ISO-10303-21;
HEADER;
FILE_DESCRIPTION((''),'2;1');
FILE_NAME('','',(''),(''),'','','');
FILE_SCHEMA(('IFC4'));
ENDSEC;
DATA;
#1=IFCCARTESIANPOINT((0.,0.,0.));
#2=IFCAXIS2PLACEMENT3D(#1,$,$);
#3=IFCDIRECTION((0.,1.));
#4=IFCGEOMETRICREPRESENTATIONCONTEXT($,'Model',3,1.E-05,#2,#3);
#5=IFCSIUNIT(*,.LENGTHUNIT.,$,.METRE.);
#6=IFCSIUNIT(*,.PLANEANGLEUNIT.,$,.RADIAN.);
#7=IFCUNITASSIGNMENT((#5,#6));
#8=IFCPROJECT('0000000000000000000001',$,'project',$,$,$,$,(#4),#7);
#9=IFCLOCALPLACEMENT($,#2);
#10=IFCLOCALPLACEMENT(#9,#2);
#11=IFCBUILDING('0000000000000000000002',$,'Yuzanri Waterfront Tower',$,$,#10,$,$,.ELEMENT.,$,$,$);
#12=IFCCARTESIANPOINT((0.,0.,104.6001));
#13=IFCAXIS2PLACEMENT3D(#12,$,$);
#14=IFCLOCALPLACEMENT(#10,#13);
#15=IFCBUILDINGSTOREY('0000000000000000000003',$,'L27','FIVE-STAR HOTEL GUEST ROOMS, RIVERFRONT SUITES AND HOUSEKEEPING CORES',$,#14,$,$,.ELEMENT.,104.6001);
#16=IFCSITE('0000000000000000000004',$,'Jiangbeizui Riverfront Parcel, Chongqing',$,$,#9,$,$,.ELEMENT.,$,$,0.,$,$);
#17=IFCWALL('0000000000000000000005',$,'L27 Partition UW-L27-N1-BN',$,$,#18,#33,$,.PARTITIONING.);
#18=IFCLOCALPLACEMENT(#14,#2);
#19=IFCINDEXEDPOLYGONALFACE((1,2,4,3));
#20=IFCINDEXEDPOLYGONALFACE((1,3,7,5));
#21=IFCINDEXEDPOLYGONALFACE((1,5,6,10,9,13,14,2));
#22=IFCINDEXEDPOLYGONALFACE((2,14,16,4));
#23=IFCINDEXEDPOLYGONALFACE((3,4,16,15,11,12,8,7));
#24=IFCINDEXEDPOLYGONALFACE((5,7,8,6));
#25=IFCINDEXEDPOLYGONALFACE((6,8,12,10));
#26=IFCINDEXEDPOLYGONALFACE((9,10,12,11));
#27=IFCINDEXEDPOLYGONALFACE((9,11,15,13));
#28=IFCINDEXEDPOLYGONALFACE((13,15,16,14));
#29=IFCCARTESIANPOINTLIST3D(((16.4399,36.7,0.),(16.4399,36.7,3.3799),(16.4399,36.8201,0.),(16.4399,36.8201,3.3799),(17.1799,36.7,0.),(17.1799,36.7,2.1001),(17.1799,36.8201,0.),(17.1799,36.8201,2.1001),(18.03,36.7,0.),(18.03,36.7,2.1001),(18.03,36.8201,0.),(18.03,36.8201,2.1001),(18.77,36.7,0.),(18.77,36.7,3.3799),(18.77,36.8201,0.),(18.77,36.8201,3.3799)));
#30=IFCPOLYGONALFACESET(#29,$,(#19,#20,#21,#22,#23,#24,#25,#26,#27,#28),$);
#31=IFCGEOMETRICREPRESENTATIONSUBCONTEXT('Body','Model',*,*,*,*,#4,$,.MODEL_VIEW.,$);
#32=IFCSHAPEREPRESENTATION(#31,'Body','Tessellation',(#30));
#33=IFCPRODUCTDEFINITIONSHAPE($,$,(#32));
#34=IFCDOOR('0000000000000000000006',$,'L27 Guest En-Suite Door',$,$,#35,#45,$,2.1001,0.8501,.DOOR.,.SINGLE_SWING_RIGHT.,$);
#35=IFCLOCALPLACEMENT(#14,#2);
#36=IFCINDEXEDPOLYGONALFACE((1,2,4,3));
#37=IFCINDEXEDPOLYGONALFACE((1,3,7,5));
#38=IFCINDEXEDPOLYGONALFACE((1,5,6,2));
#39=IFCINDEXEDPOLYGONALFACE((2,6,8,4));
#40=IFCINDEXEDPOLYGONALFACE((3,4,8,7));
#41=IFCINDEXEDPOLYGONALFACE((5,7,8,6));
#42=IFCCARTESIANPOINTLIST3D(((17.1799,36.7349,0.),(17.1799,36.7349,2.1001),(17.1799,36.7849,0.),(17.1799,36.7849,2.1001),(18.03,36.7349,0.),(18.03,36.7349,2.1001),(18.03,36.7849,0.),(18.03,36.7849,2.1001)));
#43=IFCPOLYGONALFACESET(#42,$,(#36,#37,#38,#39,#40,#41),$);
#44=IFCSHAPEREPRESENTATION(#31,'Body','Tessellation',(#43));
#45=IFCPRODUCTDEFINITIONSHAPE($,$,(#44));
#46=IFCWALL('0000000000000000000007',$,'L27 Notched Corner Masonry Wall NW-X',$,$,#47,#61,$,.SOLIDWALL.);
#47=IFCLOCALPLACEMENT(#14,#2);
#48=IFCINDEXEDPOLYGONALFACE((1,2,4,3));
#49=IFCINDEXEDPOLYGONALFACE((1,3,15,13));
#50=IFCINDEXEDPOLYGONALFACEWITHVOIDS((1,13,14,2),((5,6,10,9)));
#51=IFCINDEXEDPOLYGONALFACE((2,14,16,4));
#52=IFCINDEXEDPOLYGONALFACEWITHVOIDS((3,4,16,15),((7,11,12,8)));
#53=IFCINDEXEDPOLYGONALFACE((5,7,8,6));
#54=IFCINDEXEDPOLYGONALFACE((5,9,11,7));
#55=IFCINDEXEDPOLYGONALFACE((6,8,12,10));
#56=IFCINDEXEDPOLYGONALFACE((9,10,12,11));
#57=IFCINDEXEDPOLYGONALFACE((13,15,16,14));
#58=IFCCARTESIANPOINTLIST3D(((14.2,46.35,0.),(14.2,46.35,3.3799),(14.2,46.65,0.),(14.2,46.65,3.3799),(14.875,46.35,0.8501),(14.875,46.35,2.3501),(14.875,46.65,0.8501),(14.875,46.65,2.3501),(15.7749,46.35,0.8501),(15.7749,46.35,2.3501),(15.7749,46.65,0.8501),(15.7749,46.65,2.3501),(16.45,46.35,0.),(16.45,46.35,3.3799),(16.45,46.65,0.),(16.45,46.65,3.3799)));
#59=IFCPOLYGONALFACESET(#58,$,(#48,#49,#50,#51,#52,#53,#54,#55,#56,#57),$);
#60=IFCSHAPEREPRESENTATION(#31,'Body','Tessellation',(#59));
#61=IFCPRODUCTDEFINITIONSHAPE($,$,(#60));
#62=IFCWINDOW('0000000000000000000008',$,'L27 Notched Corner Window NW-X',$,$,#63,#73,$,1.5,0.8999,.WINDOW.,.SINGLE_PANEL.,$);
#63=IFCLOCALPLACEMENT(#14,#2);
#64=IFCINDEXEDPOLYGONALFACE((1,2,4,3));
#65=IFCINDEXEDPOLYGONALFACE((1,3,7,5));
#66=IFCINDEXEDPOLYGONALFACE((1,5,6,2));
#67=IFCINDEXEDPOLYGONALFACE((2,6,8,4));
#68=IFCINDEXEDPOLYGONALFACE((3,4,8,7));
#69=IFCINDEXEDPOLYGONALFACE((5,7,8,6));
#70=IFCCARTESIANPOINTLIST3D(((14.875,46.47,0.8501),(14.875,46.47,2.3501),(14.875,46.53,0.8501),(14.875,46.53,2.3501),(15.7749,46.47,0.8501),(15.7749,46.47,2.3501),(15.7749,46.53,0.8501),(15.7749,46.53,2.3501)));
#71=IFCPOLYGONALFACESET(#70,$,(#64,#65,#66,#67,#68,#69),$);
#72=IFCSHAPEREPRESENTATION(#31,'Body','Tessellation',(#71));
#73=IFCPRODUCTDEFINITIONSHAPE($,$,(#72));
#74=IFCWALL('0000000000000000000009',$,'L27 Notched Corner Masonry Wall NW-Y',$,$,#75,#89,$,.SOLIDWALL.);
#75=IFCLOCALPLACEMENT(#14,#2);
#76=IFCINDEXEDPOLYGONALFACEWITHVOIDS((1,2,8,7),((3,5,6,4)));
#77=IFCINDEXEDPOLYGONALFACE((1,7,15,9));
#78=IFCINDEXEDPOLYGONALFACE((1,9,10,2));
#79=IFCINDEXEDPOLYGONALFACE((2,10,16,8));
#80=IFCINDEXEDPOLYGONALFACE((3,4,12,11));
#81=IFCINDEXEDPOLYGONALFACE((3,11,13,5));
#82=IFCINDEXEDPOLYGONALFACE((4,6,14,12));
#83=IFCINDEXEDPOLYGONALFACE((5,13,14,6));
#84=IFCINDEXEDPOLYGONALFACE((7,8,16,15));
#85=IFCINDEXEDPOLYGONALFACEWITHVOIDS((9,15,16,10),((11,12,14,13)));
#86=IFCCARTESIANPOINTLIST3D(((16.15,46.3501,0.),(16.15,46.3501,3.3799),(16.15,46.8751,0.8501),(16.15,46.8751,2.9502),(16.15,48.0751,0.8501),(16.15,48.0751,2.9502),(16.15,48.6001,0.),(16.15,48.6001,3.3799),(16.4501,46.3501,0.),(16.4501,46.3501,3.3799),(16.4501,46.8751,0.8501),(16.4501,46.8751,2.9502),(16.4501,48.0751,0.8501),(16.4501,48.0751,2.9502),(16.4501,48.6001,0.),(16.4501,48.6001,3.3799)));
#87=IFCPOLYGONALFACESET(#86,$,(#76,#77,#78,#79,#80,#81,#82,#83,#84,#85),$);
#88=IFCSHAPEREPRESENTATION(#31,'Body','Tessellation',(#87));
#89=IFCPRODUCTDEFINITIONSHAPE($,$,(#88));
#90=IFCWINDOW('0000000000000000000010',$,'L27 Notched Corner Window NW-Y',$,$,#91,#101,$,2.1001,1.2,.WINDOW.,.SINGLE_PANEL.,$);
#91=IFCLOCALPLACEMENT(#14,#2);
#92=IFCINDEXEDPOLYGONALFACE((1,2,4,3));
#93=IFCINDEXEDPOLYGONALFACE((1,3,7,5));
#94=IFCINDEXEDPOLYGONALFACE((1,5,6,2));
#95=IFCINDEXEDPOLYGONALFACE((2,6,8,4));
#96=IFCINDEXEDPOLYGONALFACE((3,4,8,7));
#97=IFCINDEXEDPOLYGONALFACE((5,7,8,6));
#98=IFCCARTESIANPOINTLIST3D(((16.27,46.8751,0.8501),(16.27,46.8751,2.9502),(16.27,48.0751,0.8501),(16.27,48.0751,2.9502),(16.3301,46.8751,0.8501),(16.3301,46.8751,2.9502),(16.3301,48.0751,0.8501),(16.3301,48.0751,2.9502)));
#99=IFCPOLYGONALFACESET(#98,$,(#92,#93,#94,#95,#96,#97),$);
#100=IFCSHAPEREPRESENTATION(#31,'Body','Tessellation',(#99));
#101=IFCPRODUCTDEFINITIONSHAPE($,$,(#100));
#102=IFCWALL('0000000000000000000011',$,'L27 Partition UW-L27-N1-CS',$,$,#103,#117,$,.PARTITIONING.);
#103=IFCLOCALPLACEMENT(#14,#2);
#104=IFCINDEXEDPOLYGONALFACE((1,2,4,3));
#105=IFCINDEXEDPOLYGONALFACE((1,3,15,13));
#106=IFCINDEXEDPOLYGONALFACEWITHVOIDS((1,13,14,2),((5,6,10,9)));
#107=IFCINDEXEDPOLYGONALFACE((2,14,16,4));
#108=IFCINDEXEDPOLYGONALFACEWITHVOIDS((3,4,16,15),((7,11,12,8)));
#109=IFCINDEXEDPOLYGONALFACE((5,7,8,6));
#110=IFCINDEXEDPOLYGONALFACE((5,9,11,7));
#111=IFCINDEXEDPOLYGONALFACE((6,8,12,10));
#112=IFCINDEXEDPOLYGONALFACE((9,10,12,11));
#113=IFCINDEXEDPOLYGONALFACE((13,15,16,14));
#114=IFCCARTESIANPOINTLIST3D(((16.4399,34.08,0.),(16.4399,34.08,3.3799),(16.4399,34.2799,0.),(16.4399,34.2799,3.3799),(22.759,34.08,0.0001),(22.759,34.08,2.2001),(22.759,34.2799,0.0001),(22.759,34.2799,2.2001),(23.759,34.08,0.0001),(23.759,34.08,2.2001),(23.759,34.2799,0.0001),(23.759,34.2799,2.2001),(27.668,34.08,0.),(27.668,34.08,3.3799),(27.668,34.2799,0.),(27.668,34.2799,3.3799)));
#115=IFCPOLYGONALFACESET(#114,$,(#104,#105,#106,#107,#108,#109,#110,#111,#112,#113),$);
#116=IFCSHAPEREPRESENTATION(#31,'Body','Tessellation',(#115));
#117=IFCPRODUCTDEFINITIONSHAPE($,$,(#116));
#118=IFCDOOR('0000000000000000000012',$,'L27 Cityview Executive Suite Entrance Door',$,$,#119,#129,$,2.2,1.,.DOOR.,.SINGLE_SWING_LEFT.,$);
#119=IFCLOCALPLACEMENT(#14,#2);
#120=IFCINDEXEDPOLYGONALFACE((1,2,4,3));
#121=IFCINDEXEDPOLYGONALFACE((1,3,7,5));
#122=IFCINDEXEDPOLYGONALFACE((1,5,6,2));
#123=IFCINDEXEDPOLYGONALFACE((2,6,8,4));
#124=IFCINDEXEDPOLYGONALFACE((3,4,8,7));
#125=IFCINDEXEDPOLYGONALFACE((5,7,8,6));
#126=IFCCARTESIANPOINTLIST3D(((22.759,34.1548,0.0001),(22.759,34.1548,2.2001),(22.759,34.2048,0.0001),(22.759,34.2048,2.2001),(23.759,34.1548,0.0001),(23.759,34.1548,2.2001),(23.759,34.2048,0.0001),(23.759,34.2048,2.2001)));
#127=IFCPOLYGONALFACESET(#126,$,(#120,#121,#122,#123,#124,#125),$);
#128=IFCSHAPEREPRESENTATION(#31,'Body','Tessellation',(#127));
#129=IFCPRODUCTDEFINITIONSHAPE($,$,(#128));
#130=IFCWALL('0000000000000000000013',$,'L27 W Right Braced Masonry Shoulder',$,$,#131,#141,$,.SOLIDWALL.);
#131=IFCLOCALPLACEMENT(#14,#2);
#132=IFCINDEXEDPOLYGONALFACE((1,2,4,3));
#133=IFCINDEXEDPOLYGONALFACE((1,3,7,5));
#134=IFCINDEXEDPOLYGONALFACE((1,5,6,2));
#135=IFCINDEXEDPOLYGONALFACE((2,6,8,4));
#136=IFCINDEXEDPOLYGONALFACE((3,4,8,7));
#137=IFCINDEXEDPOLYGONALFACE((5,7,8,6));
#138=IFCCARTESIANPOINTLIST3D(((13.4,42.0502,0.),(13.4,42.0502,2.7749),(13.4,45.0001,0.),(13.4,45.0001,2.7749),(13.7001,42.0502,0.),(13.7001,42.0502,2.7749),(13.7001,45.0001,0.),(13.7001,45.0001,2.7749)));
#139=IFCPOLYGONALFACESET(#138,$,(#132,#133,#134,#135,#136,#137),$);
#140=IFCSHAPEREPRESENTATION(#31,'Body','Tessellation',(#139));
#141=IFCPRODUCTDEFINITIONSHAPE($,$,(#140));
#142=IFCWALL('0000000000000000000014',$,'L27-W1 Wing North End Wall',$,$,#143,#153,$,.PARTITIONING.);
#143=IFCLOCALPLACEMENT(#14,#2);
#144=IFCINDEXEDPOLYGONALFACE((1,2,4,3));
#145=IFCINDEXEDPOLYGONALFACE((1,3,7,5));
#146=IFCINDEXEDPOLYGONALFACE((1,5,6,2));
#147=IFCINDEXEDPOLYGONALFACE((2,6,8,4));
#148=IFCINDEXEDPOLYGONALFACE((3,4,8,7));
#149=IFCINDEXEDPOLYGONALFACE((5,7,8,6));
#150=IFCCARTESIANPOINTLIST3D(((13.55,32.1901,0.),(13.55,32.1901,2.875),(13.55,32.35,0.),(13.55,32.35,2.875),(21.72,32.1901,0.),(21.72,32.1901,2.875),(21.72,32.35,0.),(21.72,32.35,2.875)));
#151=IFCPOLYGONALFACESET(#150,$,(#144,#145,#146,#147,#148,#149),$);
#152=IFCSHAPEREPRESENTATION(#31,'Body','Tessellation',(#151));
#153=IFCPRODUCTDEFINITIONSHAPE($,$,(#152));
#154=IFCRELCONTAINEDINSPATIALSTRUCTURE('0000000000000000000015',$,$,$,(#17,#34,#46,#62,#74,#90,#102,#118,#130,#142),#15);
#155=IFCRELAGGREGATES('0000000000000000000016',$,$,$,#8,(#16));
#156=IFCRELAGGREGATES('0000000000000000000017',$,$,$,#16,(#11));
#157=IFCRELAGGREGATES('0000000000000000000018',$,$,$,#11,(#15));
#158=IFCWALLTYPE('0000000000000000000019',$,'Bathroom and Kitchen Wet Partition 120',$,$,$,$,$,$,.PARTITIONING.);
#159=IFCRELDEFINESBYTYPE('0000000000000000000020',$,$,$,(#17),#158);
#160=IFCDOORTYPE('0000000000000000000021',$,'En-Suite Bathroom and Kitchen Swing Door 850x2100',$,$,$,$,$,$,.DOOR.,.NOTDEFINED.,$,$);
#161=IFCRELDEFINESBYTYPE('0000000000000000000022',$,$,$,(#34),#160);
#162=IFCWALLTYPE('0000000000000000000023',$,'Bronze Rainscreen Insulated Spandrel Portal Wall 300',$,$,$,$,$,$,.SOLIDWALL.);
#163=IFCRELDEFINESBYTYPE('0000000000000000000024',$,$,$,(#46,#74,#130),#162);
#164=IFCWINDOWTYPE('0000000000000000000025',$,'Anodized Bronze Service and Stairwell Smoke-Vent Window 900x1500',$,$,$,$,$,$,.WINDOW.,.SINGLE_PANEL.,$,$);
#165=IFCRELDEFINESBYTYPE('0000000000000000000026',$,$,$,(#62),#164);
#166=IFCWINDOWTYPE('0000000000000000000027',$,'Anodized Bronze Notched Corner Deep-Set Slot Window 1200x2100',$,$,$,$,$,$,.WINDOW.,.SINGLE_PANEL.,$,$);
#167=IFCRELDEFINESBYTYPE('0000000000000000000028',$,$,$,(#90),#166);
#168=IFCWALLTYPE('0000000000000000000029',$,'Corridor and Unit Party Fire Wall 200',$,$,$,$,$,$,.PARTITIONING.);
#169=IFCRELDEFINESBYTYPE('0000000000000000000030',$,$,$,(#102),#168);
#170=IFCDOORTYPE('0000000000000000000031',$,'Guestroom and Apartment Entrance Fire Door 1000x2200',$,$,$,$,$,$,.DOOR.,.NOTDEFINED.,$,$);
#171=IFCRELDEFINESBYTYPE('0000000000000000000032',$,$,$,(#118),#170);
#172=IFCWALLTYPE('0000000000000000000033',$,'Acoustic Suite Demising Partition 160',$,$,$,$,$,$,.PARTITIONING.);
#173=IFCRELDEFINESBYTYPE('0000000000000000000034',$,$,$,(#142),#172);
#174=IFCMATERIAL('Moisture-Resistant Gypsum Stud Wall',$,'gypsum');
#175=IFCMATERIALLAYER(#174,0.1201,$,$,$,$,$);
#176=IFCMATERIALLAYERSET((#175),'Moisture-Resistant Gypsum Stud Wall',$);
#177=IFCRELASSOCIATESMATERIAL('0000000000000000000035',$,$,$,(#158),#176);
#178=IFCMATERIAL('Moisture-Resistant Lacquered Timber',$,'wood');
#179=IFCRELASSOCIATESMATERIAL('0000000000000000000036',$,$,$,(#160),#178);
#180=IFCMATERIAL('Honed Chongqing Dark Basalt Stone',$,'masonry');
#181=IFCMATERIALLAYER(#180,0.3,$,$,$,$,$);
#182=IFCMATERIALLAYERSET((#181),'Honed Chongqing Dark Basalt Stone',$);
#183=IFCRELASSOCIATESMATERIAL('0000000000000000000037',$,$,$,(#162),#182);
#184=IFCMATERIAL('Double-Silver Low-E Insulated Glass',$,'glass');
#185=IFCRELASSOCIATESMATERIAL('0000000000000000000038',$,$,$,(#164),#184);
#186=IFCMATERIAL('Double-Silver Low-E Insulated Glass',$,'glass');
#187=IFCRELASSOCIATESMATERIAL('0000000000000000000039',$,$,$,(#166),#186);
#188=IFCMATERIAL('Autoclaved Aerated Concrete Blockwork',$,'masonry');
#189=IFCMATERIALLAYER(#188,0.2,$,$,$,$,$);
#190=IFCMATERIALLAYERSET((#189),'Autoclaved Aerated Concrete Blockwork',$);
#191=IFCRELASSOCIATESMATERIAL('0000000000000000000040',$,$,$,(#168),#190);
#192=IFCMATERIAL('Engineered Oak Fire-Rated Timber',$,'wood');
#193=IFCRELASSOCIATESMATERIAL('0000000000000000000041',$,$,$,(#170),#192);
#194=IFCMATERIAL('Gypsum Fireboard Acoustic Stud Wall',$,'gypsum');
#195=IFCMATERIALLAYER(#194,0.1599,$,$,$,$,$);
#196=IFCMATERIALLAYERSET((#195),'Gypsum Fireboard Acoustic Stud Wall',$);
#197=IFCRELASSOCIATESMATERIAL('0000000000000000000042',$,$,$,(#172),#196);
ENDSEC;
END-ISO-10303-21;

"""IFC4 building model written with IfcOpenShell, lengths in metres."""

from ifc_helpers import new_model, si_unit, direction, frame, frame_2d, origin, place, context, subcontext, project, spatial, rectangle, extrude, source, transform, mapped, material, layer, layer_set, type_object, element, fill, save


model = new_model("IFC4")

# Units and contexts
model_context = context("Model", 3, precision=1e-05, world=origin(), true_north=direction((0.0, 1.0)))
body_context = subcontext(model_context, "Body", "Model", "MODEL_VIEW")
ifc_project = project(units=[si_unit("LENGTHUNIT", "METRE"), si_unit("PLANEANGLEUNIT", "RADIAN")], contexts=[model_context])

# Site, building, storey
site_placement = place(None, origin())
site = spatial("IfcSite", under=ifc_project, at=site_placement, Name="Jiangbeizui Riverfront Parcel, Chongqing", CompositionType="ELEMENT", RefElevation=0.0)
building_placement = place(site_placement, origin())
building = spatial("IfcBuilding", under=site, at=building_placement, Name="Yuzanri Waterfront Tower", CompositionType="ELEMENT")
storey_placement = place(building_placement, frame((0.0, 0.0, 104.6001)))
storey = spatial("IfcBuildingStorey", under=building, at=storey_placement, Name="L27", Description="FIVE-STAR HOTEL GUEST ROOMS, RIVERFRONT SUITES AND HOUSEKEEPING CORES", CompositionType="ELEMENT", Elevation=104.6001)

# Wall, opening, door
ifc_material_1 = material(Name="Moisture-Resistant Gypsum Stud Wall", Category="gypsum")
ifc_layer_1 = layer(ifc_material_1, 0.1201)
ifc_layer_set_1 = layer_set([ifc_layer_1], Name="Moisture-Resistant Gypsum Stud Wall")
wall_type_1 = type_object("IfcWallType", Name="Bathroom and Kitchen Wet Partition 120", PredefinedType="PARTITIONING", material=ifc_layer_set_1)
wall_1_placement = place(storey_placement, frame((16.4399, 36.76, 0.0), z_axis=(0.0, 0.0, 1.0), x_axis=(1.0, 0.0, 0.0)))
wall_1 = element("IfcWall", 1, at=wall_1_placement, inside=storey, type_object=wall_type_1, Name="L27 Partition UW-L27-N1-BN", PredefinedType="PARTITIONING", context=body_context, shape_type="SweptSolid", body=[
    extrude(rectangle(XDim=2.3301, YDim=0.1201, at=frame_2d((1.165, 0.0))), origin(), (0.0, 0.0, 1.0), 3.3799),
])
opening_1_placement = place(wall_1_placement, frame((0.74, 0.0, 0.0)))
opening_1 = element("IfcOpeningElement", 2, at=opening_1_placement, cuts=wall_1, PredefinedType="OPENING", context=body_context, shape_type="SweptSolid", body=[
    extrude(rectangle(XDim=0.8501, YDim=2.1001, at=frame_2d((0.425, 1.05))), frame((0.0, 0.075, 0.0), z_axis=(0.0, -1.0, 0.0), x_axis=(1.0, 0.0, 0.0)), (0.0, 0.0, 1.0), 0.1499),
])
ifc_material_2 = material(Name="Moisture-Resistant Lacquered Timber", Category="wood")
door_type_1 = type_object("IfcDoorType", Name="En-Suite Bathroom and Kitchen Swing Door 850x2100", OperationType="NOTDEFINED", PredefinedType="DOOR", material=ifc_material_2)
shared_shape_1 = source(origin(), body_context, "Body", "SweptSolid", [
    extrude(rectangle(XDim=0.8501, YDim=2.1001, at=frame_2d((0.425, 1.05))), frame((0.0, 0.0249, 0.0), z_axis=(0.0, -1.0, 0.0), x_axis=(1.0, 0.0, 0.0)), (0.0, 0.0, 1.0), 0.05),
])
door_1_placement = place(opening_1_placement, origin())
door_1 = element("IfcDoor", 3, at=door_1_placement, inside=storey, type_object=door_type_1, Name="L27 Guest En-Suite Door", OperationType="SINGLE_SWING_RIGHT", OverallHeight=2.1001, OverallWidth=0.8501, PredefinedType="DOOR", context=body_context, shape_type="MappedRepresentation", body=[
    mapped(shared_shape_1, transform((0.0, 0.0, 0.0), scale=1.0)),
])
fill(opening_1, door_1)

# Walls, openings, windows
ifc_material_3 = material(Name="Honed Chongqing Dark Basalt Stone", Category="masonry")
ifc_layer_2 = layer(ifc_material_3, 0.3)
ifc_layer_set_2 = layer_set([ifc_layer_2], Name="Honed Chongqing Dark Basalt Stone")
wall_type_2 = type_object("IfcWallType", Name="Bronze Rainscreen Insulated Spandrel Portal Wall 300", PredefinedType="SOLIDWALL", material=ifc_layer_set_2)
wall_2_placement = place(storey_placement, frame((16.45, 46.5, 0.0), z_axis=(0.0, 0.0, 1.0), x_axis=(-1.0, 0.0, 0.0)))
wall_2 = element("IfcWall", 4, at=wall_2_placement, inside=storey, type_object=wall_type_2, Name="L27 Notched Corner Masonry Wall NW-X", PredefinedType="SOLIDWALL", context=body_context, shape_type="SweptSolid", body=[
    extrude(rectangle(XDim=2.25, YDim=0.3, at=frame_2d((1.125, 0.0))), origin(), (0.0, 0.0, 1.0), 3.3799),
])
opening_2_placement = place(wall_2_placement, frame((0.675, 0.0, 0.8501)))
opening_2 = element("IfcOpeningElement", 5, at=opening_2_placement, cuts=wall_2, PredefinedType="OPENING", context=body_context, shape_type="SweptSolid", body=[
    extrude(rectangle(XDim=0.8999, YDim=1.5, at=frame_2d((0.45, 0.75))), frame((0.0, 0.165, 0.0), z_axis=(0.0, -1.0, 0.0), x_axis=(1.0, 0.0, 0.0)), (0.0, 0.0, 1.0), 0.3298),
])
ifc_material_4 = material(Name="Double-Silver Low-E Insulated Glass", Category="glass")
window_type_1 = type_object("IfcWindowType", Name="Anodized Bronze Service and Stairwell Smoke-Vent Window 900x1500", PartitioningType="SINGLE_PANEL", PredefinedType="WINDOW", material=ifc_material_4)
shared_shape_2 = source(origin(), body_context, "Body", "SweptSolid", [
    extrude(rectangle(XDim=0.8999, YDim=1.5, at=frame_2d((0.45, 0.75))), frame((0.0, 0.03, 0.0), z_axis=(0.0, -1.0, 0.0), x_axis=(1.0, 0.0, 0.0)), (0.0, 0.0, 1.0), 0.0601),
])
window_1_placement = place(opening_2_placement, origin())
window_1 = element("IfcWindow", 6, at=window_1_placement, inside=storey, type_object=window_type_1, Name="L27 Notched Corner Window NW-X", OverallHeight=1.5, OverallWidth=0.8999, PartitioningType="SINGLE_PANEL", PredefinedType="WINDOW", context=body_context, shape_type="MappedRepresentation", body=[
    mapped(shared_shape_2, transform((0.0, 0.0, 0.0), scale=1.0)),
])
fill(opening_2, window_1)
wall_3_placement = place(storey_placement, frame((16.3, 48.6001, 0.0), z_axis=(0.0, 0.0, 1.0), x_axis=(0.0, -1.0, 0.0)))
wall_3 = element("IfcWall", 7, at=wall_3_placement, inside=storey, type_object=wall_type_2, Name="L27 Notched Corner Masonry Wall NW-Y", PredefinedType="SOLIDWALL", context=body_context, shape_type="SweptSolid", body=[
    extrude(rectangle(XDim=2.25, YDim=0.3, at=frame_2d((1.125, 0.0))), origin(), (0.0, 0.0, 1.0), 3.3799),
])
opening_3_placement = place(wall_3_placement, frame((0.5249, 0.0, 0.8501)))
opening_3 = element("IfcOpeningElement", 8, at=opening_3_placement, cuts=wall_3, PredefinedType="OPENING", context=body_context, shape_type="SweptSolid", body=[
    extrude(rectangle(XDim=1.2, YDim=2.1001, at=frame_2d((0.6001, 1.05))), frame((0.0, 0.165, 0.0), z_axis=(0.0, -1.0, 0.0), x_axis=(1.0, 0.0, 0.0)), (0.0, 0.0, 1.0), 0.3298),
])
ifc_material_5 = material(Name="Double-Silver Low-E Insulated Glass", Category="glass")
window_type_2 = type_object("IfcWindowType", Name="Anodized Bronze Notched Corner Deep-Set Slot Window 1200x2100", PartitioningType="SINGLE_PANEL", PredefinedType="WINDOW", material=ifc_material_5)
shared_shape_3 = source(origin(), body_context, "Body", "SweptSolid", [
    extrude(rectangle(XDim=1.2, YDim=2.1001, at=frame_2d((0.6001, 1.05))), frame((0.0, 0.03, 0.0), z_axis=(0.0, -1.0, 0.0), x_axis=(1.0, 0.0, 0.0)), (0.0, 0.0, 1.0), 0.0601),
])
window_2_placement = place(opening_3_placement, origin())
window_2 = element("IfcWindow", 9, at=window_2_placement, inside=storey, type_object=window_type_2, Name="L27 Notched Corner Window NW-Y", OverallHeight=2.1001, OverallWidth=1.2, PartitioningType="SINGLE_PANEL", PredefinedType="WINDOW", context=body_context, shape_type="MappedRepresentation", body=[
    mapped(shared_shape_3, transform((0.0, 0.0, 0.0), scale=1.0)),
])
fill(opening_3, window_2)

# Wall, opening, door
ifc_material_6 = material(Name="Autoclaved Aerated Concrete Blockwork", Category="masonry")
ifc_layer_3 = layer(ifc_material_6, 0.2)
ifc_layer_set_3 = layer_set([ifc_layer_3], Name="Autoclaved Aerated Concrete Blockwork")
wall_type_3 = type_object("IfcWallType", Name="Corridor and Unit Party Fire Wall 200", PredefinedType="PARTITIONING", material=ifc_layer_set_3)
wall_4_placement = place(storey_placement, frame((16.4399, 34.1799, 0.0), z_axis=(0.0, 0.0, 1.0), x_axis=(1.0, 0.0, 0.0)))
wall_4 = element("IfcWall", 10, at=wall_4_placement, inside=storey, type_object=wall_type_3, Name="L27 Partition UW-L27-N1-CS", PredefinedType="PARTITIONING", context=body_context, shape_type="SweptSolid", body=[
    extrude(rectangle(XDim=11.228, YDim=0.2, at=frame_2d((5.614, 0.0))), origin(), (0.0, 0.0, 1.0), 3.3799),
])
opening_4_placement = place(wall_4_placement, frame((6.3191, 0.0, 0.0)))
opening_4 = element("IfcOpeningElement", 11, at=opening_4_placement, cuts=wall_4, PredefinedType="OPENING", context=body_context, shape_type="SweptSolid", body=[
    extrude(rectangle(XDim=1.0, YDim=2.2, at=frame_2d((0.5, 1.1001))), frame((0.0, 0.1147, 0.0), z_axis=(0.0, -1.0, 0.0), x_axis=(1.0, 0.0, 0.0)), (0.0, 0.0, 1.0), 0.2297),
])
ifc_material_7 = material(Name="Engineered Oak Fire-Rated Timber", Category="wood")
door_type_2 = type_object("IfcDoorType", Name="Guestroom and Apartment Entrance Fire Door 1000x2200", OperationType="NOTDEFINED", PredefinedType="DOOR", material=ifc_material_7)
shared_shape_4 = source(origin(), body_context, "Body", "SweptSolid", [
    extrude(rectangle(XDim=1.0, YDim=2.2, at=frame_2d((0.5, 1.1001))), frame((0.0, 0.0249, 0.0), z_axis=(0.0, -1.0, 0.0), x_axis=(1.0, 0.0, 0.0)), (0.0, 0.0, 1.0), 0.05),
])
door_2_placement = place(opening_4_placement, origin())
door_2 = element("IfcDoor", 12, at=door_2_placement, inside=storey, type_object=door_type_2, Name="L27 Cityview Executive Suite Entrance Door", OperationType="SINGLE_SWING_LEFT", OverallHeight=2.2, OverallWidth=1.0, PredefinedType="DOOR", context=body_context, shape_type="MappedRepresentation", body=[
    mapped(shared_shape_4, transform((0.0, 0.0, 0.0), scale=1.0)),
])
fill(opening_4, door_2)

# Walls
shared_shape_5 = source(origin(), body_context, "Body", "SweptSolid", [
    extrude(rectangle(XDim=2.95, YDim=0.3, at=frame_2d((1.4751, 0.0))), origin(), (0.0, 0.0, 1.0), 2.7749),
])
wall_5_placement = place(storey_placement, frame((13.55, 42.05, 0.0), z_axis=(0.0, 0.0, 1.0), x_axis=(0.0, 1.0, 0.0)))
element("IfcWall", 13, at=wall_5_placement, inside=storey, type_object=wall_type_2, Name="L27 W Right Braced Masonry Shoulder", PredefinedType="SOLIDWALL", context=body_context, shape_type="MappedRepresentation", body=[
    mapped(shared_shape_5, transform((0.0, 0.0, 0.0), scale=1.0)),
])
ifc_material_8 = material(Name="Gypsum Fireboard Acoustic Stud Wall", Category="gypsum")
ifc_layer_4 = layer(ifc_material_8, 0.1599)
ifc_layer_set_4 = layer_set([ifc_layer_4], Name="Gypsum Fireboard Acoustic Stud Wall")
wall_type_4 = type_object("IfcWallType", Name="Acoustic Suite Demising Partition 160", PredefinedType="PARTITIONING", material=ifc_layer_set_4)
shared_shape_6 = source(origin(), body_context, "Body", "SweptSolid", [
    extrude(rectangle(XDim=8.1699, YDim=0.1599, at=frame_2d((4.085, 0.0))), origin(), (0.0, 0.0, 1.0), 2.875),
])
wall_6_placement = place(storey_placement, frame((13.55, 32.27, 0.0), z_axis=(0.0, 0.0, 1.0), x_axis=(1.0, 0.0, 0.0)))
element("IfcWall", 14, at=wall_6_placement, inside=storey, type_object=wall_type_4, Name="L27-W1 Wing North End Wall", PredefinedType="PARTITIONING", context=body_context, shape_type="MappedRepresentation", body=[
    mapped(shared_shape_6, transform((0.0, 0.0, 0.0), scale=1.0)),
])

save(model, "model.ifc")
